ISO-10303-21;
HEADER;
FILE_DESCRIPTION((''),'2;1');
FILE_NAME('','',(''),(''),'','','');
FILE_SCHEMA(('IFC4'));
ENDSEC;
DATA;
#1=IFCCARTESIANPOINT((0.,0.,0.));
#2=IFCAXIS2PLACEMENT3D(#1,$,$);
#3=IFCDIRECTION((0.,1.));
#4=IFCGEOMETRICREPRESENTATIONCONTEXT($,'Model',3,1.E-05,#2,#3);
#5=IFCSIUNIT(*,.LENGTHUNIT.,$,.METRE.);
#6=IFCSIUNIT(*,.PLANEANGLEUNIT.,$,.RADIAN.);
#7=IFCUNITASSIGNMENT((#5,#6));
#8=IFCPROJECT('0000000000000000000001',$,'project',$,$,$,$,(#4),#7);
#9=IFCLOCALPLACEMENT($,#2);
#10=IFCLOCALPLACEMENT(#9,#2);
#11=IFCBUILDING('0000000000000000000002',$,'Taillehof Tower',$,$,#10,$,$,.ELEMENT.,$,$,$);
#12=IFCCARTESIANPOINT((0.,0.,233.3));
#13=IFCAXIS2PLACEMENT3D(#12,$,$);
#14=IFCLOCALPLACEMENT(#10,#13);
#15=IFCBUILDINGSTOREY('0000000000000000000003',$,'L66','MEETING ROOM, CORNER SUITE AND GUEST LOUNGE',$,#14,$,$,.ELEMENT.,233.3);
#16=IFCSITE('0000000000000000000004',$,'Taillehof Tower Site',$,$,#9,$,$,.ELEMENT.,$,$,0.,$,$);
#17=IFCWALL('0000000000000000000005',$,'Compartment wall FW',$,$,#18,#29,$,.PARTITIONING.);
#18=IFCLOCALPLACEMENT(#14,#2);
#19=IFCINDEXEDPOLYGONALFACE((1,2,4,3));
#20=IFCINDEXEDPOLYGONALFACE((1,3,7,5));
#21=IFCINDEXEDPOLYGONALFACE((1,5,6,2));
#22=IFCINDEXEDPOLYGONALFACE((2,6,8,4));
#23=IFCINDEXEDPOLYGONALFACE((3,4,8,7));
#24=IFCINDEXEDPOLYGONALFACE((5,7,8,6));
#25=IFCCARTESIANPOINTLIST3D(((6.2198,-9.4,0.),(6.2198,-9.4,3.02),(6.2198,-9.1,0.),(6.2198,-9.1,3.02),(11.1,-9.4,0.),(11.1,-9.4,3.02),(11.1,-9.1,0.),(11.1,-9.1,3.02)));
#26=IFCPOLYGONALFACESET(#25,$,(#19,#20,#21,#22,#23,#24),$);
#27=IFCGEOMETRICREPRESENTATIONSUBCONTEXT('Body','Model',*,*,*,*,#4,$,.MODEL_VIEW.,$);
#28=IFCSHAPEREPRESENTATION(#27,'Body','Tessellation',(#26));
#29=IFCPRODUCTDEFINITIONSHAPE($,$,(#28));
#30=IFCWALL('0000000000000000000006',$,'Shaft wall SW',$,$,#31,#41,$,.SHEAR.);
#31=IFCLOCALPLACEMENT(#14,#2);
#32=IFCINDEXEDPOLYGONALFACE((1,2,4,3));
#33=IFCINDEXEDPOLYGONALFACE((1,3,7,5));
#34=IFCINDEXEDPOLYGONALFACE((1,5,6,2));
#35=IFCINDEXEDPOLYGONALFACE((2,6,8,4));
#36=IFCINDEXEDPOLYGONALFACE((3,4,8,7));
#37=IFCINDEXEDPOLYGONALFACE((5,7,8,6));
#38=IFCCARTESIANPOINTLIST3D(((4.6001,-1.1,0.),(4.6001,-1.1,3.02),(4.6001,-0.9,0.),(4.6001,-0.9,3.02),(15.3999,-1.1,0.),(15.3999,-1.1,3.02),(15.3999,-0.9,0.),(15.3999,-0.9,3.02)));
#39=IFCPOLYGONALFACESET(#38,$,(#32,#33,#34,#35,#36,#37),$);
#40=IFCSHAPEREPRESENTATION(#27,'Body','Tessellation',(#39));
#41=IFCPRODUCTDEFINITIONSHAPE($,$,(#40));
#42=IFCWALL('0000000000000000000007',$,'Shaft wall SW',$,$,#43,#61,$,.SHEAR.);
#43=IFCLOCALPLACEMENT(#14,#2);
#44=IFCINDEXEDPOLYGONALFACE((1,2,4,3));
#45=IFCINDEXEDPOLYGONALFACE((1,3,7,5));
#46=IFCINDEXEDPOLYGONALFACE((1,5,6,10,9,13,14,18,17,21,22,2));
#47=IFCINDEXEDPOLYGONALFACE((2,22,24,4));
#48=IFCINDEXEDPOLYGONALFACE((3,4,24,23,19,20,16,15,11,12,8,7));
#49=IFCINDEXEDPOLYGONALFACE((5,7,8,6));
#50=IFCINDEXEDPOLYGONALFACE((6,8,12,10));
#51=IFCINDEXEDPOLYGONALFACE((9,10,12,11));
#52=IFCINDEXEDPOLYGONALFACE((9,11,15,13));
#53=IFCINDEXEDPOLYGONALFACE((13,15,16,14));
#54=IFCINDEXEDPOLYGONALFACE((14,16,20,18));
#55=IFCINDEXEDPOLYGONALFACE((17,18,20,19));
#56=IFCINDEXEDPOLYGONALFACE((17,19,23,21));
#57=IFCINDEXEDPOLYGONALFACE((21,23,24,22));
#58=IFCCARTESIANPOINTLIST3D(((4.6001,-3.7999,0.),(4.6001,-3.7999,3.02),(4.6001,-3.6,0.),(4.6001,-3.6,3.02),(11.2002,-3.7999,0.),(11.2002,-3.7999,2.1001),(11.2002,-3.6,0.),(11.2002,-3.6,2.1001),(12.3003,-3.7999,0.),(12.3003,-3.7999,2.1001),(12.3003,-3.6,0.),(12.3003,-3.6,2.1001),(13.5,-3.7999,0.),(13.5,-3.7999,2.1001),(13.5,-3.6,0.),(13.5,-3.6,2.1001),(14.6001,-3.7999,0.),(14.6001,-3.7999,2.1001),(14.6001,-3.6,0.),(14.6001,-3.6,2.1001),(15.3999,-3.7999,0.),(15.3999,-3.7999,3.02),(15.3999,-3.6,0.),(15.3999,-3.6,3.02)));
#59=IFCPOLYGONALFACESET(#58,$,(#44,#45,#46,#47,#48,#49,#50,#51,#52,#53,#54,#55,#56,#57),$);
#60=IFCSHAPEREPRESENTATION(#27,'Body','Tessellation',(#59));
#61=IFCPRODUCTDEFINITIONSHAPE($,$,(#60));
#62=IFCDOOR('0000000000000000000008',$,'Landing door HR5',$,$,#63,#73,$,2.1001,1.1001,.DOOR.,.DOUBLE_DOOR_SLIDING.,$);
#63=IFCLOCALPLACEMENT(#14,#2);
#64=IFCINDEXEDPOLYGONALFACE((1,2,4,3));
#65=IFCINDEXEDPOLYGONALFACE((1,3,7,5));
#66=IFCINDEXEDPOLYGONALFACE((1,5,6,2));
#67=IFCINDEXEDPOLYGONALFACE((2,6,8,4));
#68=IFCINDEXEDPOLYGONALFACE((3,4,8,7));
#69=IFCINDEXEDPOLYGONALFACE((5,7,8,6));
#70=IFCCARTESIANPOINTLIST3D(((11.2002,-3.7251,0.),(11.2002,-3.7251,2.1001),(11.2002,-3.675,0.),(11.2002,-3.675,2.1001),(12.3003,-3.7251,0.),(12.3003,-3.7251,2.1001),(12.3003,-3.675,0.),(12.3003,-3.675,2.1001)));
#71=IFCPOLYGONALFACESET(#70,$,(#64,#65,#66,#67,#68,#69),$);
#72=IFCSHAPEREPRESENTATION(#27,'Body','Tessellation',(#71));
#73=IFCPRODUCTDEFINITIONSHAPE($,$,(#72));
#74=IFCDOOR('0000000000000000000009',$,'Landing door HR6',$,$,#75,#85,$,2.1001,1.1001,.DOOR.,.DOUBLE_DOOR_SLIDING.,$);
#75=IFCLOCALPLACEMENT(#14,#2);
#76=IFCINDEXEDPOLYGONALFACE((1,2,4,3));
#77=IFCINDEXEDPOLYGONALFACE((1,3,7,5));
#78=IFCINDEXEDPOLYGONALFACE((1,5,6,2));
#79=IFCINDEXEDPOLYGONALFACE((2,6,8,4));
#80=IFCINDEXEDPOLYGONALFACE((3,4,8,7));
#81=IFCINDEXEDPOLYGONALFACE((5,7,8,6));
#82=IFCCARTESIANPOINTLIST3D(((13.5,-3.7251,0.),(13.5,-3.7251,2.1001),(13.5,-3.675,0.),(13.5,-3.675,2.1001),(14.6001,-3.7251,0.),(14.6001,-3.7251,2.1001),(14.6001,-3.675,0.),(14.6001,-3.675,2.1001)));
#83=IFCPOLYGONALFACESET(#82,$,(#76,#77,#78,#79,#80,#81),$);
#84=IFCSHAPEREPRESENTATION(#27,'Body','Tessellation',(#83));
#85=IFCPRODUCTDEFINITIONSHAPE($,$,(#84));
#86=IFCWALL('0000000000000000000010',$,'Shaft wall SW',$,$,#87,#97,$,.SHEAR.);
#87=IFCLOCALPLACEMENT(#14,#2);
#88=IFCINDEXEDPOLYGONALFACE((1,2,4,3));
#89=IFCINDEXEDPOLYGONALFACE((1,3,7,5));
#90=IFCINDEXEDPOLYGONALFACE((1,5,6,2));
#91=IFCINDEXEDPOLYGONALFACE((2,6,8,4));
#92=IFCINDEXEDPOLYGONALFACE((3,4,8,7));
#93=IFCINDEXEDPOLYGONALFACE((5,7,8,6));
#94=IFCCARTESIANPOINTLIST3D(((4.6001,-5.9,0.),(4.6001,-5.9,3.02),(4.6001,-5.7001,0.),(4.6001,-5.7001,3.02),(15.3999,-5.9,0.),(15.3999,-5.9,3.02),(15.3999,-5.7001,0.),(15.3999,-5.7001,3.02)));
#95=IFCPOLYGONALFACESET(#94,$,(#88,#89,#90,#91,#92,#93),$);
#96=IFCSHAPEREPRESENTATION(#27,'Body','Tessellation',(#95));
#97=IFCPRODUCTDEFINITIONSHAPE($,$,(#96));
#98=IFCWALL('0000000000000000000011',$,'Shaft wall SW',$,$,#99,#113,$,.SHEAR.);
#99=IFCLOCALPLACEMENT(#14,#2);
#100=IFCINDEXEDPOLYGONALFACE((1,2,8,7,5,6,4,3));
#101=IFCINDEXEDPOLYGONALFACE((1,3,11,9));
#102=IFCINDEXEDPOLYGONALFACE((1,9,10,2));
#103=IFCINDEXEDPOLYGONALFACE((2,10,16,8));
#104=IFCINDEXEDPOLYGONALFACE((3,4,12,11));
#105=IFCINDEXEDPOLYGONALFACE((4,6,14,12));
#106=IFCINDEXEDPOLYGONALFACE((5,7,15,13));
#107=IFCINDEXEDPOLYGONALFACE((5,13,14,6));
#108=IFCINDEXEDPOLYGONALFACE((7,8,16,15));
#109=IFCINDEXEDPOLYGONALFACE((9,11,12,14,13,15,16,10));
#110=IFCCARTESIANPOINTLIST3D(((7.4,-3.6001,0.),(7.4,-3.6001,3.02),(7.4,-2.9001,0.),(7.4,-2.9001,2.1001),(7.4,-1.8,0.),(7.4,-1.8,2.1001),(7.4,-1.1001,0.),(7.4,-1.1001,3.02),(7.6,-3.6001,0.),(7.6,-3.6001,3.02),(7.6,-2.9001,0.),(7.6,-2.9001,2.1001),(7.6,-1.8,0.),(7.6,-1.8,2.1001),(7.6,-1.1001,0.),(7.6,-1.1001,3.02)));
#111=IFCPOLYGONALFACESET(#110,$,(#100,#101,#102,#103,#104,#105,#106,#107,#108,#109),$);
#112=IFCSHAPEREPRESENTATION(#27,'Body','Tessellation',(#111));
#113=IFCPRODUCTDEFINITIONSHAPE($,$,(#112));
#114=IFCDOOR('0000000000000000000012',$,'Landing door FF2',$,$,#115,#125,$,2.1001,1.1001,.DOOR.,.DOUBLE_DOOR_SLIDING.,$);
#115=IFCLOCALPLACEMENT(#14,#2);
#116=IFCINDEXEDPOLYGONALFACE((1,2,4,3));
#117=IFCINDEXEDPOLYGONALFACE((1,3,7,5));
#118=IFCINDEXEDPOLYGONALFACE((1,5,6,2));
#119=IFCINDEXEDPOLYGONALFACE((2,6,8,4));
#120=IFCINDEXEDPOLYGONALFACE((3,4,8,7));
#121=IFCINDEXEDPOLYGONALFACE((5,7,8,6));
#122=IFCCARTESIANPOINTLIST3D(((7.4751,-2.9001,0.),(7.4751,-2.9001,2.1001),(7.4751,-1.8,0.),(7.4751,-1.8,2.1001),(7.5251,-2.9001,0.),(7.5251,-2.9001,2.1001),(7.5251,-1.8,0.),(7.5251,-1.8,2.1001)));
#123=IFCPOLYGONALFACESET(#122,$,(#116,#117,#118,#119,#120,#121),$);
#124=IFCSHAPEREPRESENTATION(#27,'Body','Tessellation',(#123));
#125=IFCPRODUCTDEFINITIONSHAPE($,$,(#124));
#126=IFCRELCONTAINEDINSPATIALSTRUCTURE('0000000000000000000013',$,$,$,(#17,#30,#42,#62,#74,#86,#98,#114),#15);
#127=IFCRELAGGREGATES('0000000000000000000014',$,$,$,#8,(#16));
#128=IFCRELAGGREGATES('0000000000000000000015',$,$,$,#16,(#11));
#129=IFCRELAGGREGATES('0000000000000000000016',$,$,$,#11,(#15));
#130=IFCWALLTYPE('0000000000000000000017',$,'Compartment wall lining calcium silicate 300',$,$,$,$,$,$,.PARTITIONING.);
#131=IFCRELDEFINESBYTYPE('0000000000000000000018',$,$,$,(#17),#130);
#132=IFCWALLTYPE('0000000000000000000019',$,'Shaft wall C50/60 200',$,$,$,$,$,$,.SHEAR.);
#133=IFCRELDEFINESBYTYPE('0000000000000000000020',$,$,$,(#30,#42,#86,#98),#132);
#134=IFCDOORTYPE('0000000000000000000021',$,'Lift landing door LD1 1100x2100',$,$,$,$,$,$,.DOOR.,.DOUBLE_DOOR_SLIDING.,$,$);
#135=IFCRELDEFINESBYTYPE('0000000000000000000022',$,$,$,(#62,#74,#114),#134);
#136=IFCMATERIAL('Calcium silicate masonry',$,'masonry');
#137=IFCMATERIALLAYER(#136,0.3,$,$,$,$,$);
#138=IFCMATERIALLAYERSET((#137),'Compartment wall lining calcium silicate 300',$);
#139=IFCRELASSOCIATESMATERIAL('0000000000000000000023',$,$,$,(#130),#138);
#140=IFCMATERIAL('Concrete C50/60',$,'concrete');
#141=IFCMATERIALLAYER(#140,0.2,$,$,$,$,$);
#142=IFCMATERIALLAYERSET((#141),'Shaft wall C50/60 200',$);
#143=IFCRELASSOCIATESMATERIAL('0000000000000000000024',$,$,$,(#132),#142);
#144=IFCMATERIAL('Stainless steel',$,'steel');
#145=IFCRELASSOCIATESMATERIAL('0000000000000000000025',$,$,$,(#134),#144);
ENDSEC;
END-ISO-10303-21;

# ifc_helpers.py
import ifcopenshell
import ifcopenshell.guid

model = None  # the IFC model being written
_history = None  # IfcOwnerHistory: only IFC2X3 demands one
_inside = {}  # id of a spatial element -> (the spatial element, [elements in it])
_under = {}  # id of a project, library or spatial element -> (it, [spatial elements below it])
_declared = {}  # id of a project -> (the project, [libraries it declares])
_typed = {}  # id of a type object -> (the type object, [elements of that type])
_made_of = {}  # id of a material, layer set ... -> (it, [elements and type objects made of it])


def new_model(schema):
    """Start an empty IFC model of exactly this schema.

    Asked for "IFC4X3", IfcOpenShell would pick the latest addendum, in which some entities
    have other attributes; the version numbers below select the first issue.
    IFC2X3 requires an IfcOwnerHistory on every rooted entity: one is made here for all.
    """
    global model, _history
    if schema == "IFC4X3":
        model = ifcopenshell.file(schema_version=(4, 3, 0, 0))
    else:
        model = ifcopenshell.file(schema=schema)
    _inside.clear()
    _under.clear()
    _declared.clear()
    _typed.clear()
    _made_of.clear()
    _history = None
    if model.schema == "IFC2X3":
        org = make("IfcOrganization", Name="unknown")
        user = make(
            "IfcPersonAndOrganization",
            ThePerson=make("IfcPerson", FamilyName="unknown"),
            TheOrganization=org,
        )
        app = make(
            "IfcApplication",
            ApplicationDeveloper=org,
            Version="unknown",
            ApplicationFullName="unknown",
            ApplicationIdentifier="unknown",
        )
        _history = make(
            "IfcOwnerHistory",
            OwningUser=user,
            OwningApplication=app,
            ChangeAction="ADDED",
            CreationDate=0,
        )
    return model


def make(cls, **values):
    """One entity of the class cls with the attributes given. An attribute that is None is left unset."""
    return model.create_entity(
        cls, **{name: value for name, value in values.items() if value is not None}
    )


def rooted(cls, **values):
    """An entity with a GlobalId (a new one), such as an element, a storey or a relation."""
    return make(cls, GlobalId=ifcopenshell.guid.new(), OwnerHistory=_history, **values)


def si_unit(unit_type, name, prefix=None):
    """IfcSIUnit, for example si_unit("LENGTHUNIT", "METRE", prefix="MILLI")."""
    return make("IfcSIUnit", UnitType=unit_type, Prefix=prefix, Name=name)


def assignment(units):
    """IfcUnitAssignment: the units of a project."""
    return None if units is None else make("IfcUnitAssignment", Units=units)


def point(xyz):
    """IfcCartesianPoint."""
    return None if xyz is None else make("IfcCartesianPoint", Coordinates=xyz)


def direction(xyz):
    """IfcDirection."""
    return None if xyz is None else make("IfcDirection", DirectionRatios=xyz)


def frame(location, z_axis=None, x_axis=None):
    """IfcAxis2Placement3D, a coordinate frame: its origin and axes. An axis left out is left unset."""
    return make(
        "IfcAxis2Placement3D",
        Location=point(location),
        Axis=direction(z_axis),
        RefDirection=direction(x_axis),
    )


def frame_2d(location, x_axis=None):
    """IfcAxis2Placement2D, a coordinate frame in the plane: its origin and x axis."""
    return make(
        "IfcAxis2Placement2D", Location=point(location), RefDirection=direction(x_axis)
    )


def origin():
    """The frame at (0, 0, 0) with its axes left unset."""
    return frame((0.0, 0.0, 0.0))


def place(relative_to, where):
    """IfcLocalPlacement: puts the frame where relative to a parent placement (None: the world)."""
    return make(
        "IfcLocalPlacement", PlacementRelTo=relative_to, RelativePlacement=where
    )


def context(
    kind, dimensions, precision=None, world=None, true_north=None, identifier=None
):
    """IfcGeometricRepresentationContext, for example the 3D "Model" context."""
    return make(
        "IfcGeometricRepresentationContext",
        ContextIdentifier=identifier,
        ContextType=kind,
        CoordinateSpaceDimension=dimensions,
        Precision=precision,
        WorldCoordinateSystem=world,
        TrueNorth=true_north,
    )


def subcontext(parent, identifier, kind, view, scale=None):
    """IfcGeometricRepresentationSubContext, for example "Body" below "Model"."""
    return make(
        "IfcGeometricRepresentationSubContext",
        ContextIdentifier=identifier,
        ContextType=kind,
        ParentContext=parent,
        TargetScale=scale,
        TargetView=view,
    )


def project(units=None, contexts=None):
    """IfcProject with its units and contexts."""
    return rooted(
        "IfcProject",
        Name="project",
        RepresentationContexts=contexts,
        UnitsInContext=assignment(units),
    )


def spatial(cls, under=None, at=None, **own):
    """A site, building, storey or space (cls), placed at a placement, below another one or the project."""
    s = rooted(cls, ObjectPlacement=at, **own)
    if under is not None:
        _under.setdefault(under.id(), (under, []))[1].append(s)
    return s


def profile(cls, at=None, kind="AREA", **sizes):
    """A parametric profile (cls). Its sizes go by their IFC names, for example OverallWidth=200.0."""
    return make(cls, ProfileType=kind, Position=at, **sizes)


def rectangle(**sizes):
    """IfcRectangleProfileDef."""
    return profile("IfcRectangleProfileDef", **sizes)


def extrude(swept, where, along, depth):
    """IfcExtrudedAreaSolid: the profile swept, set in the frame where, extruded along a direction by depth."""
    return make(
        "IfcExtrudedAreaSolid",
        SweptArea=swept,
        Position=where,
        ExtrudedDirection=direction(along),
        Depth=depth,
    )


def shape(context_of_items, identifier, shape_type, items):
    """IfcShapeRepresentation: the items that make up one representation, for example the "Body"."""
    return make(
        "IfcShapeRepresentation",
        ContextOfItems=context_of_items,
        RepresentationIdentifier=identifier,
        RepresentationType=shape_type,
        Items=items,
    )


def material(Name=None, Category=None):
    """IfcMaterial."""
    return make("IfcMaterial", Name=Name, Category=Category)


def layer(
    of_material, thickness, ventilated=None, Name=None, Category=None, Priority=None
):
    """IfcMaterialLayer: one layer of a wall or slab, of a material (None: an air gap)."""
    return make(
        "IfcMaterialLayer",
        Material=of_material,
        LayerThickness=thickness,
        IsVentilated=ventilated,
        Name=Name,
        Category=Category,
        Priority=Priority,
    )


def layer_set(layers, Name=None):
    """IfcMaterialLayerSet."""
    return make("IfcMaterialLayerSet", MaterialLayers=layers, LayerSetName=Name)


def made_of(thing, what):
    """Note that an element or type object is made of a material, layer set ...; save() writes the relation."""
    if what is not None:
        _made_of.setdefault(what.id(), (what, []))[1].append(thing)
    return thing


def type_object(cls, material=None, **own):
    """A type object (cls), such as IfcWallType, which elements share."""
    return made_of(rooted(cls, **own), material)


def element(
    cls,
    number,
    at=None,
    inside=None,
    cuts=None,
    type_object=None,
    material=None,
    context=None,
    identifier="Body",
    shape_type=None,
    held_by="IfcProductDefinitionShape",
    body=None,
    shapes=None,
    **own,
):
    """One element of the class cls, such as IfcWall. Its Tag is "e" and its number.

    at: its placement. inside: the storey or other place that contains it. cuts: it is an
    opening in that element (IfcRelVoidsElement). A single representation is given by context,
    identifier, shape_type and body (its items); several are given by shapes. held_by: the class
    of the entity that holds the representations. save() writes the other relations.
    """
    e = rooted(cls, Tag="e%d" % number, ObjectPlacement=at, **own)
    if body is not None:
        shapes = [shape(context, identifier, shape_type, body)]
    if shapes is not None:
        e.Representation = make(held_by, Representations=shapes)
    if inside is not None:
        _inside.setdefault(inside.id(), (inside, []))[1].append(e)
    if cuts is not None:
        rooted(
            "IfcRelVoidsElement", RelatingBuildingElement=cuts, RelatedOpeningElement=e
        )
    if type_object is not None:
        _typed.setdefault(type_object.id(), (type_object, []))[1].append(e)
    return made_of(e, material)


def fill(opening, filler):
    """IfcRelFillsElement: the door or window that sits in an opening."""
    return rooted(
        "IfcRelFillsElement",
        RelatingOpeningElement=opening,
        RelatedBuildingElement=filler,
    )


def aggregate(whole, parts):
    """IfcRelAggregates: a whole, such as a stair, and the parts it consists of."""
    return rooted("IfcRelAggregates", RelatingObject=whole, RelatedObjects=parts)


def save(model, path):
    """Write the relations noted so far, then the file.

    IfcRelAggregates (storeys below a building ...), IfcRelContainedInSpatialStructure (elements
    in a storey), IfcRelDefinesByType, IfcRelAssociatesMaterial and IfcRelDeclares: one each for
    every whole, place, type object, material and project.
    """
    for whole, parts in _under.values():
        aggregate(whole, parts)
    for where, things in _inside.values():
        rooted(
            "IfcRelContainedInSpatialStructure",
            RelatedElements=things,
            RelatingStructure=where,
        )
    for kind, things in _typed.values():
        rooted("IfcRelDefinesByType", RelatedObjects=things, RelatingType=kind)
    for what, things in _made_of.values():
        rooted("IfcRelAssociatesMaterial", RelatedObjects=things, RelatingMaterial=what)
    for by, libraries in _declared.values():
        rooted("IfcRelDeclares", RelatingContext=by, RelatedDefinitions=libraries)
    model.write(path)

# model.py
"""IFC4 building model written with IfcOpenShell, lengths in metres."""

from ifc_helpers import new_model, si_unit, direction, frame, frame_2d, origin, place, context, subcontext, project, spatial, rectangle, extrude, material, layer, layer_set, type_object, element, fill, save


model = new_model("IFC4")

# Units and contexts
model_context = context("Model", 3, precision=1e-05, world=origin(), true_north=direction((0.0, 1.0)))
body_context = subcontext(model_context, "Body", "Model", "MODEL_VIEW")
ifc_project = project(units=[si_unit("LENGTHUNIT", "METRE"), si_unit("PLANEANGLEUNIT", "RADIAN")], contexts=[model_context])

# Site, building, storey
site_placement = place(None, origin())
site = spatial("IfcSite", under=ifc_project, at=site_placement, Name="Taillehof Tower Site", CompositionType="ELEMENT", RefElevation=0.0)
building_placement = place(site_placement, origin())
building = spatial("IfcBuilding", under=site, at=building_placement, Name="Taillehof Tower", CompositionType="ELEMENT")
storey_placement = place(building_placement, frame((0.0, 0.0, 233.3)))
storey = spatial("IfcBuildingStorey", under=building, at=storey_placement, Name="L66", Description="MEETING ROOM, CORNER SUITE AND GUEST LOUNGE", CompositionType="ELEMENT", Elevation=233.3)

# Walls
ifc_material_1 = material(Name="Calcium silicate masonry", Category="masonry")
ifc_layer_1 = layer(ifc_material_1, 0.3)
ifc_layer_set_1 = layer_set([ifc_layer_1], Name="Compartment wall lining calcium silicate 300")
wall_type_1 = type_object("IfcWallType", Name="Compartment wall lining calcium silicate 300", PredefinedType="PARTITIONING", material=ifc_layer_set_1)
wall_1_placement = place(storey_placement, frame((6.22, -9.25, 0.0), z_axis=(0.0, 0.0, 1.0), x_axis=(1.0, 0.0, 0.0)))
element("IfcWall", 1, at=wall_1_placement, inside=storey, type_object=wall_type_1, Name="Compartment wall FW", PredefinedType="PARTITIONING", context=body_context, shape_type="SweptSolid", body=[
    extrude(rectangle(XDim=4.8801, YDim=0.3, at=frame_2d((2.4399, 0.0))), origin(), (0.0, 0.0, 1.0), 3.02),
])
ifc_material_2 = material(Name="Concrete C50/60", Category="concrete")
ifc_layer_2 = layer(ifc_material_2, 0.2)
ifc_layer_set_2 = layer_set([ifc_layer_2], Name="Shaft wall C50/60 200")
wall_type_2 = type_object("IfcWallType", Name="Shaft wall C50/60 200", PredefinedType="SHEAR", material=ifc_layer_set_2)
wall_2_placement = place(storey_placement, frame((4.6001, -1.0, 0.0), z_axis=(0.0, 0.0, 1.0), x_axis=(1.0, 0.0, 0.0)))
element("IfcWall", 2, at=wall_2_placement, inside=storey, type_object=wall_type_2, Name="Shaft wall SW", PredefinedType="SHEAR", context=body_context, shape_type="SweptSolid", body=[
    extrude(rectangle(XDim=10.7998, YDim=0.2, at=frame_2d((5.3999, 0.0))), origin(), (0.0, 0.0, 1.0), 3.02),
])

# Wall, openings, doors
wall_3_placement = place(storey_placement, frame((4.6001, -3.7, 0.0), z_axis=(0.0, 0.0, 1.0), x_axis=(1.0, 0.0, 0.0)))
wall_3 = element("IfcWall", 3, at=wall_3_placement, inside=storey, type_object=wall_type_2, Name="Shaft wall SW", PredefinedType="SHEAR", context=body_context, shape_type="SweptSolid", body=[
    extrude(rectangle(XDim=10.7998, YDim=0.2, at=frame_2d((5.3999, 0.0))), origin(), (0.0, 0.0, 1.0), 3.02),
])
opening_1_placement = place(wall_3_placement, frame((6.6001, 0.0, 0.0)))
opening_1 = element("IfcOpeningElement", 4, at=opening_1_placement, cuts=wall_3, PredefinedType="OPENING", context=body_context, shape_type="SweptSolid", body=[
    extrude(rectangle(XDim=1.1001, YDim=2.1001, at=frame_2d((0.55, 1.05))), frame((0.0, 0.1099, 0.0), z_axis=(0.0, -1.0, 0.0), x_axis=(1.0, 0.0, 0.0)), (0.0, 0.0, 1.0), 0.22),
])
opening_2_placement = place(wall_3_placement, frame((8.8999, 0.0, 0.0)))
opening_2 = element("IfcOpeningElement", 5, at=opening_2_placement, cuts=wall_3, PredefinedType="OPENING", context=body_context, shape_type="SweptSolid", body=[
    extrude(rectangle(XDim=1.1001, YDim=2.1001, at=frame_2d((0.55, 1.05))), frame((0.0, 0.1099, 0.0), z_axis=(0.0, -1.0, 0.0), x_axis=(1.0, 0.0, 0.0)), (0.0, 0.0, 1.0), 0.22),
])
ifc_material_3 = material(Name="Stainless steel", Category="steel")
door_type_1 = type_object("IfcDoorType", Name="Lift landing door LD1 1100x2100", OperationType="DOUBLE_DOOR_SLIDING", PredefinedType="DOOR", material=ifc_material_3)
door_1_placement = place(opening_1_placement, origin())
door_1 = element("IfcDoor", 6, at=door_1_placement, inside=storey, type_object=door_type_1, Name="Landing door HR5", OperationType="DOUBLE_DOOR_SLIDING", OverallHeight=2.1001, OverallWidth=1.1001, PredefinedType="DOOR", context=body_context, shape_type="SweptSolid", body=[
    extrude(rectangle(XDim=1.1001, YDim=2.1001, at=frame_2d((0.55, 1.05))), frame((0.0, 0.0249, 0.0), z_axis=(0.0, -1.0, 0.0), x_axis=(1.0, 0.0, 0.0)), (0.0, 0.0, 1.0), 0.05),
])
fill(opening_1, door_1)
door_2_placement = place(opening_2_placement, origin())
door_2 = element("IfcDoor", 7, at=door_2_placement, inside=storey, type_object=door_type_1, Name="Landing door HR6", OperationType="DOUBLE_DOOR_SLIDING", OverallHeight=2.1001, OverallWidth=1.1001, PredefinedType="DOOR", context=body_context, shape_type="SweptSolid", body=[
    extrude(rectangle(XDim=1.1001, YDim=2.1001, at=frame_2d((0.55, 1.05))), frame((0.0, 0.0249, 0.0), z_axis=(0.0, -1.0, 0.0), x_axis=(1.0, 0.0, 0.0)), (0.0, 0.0, 1.0), 0.05),
])
fill(opening_2, door_2)

# Wall
wall_4_placement = place(storey_placement, frame((4.6001, -5.8, 0.0), z_axis=(0.0, 0.0, 1.0), x_axis=(1.0, 0.0, 0.0)))
element("IfcWall", 8, at=wall_4_placement, inside=storey, type_object=wall_type_2, Name="Shaft wall SW", PredefinedType="SHEAR", context=body_context, shape_type="SweptSolid", body=[
    extrude(rectangle(XDim=10.7998, YDim=0.2, at=frame_2d((5.3999, 0.0))), origin(), (0.0, 0.0, 1.0), 3.02),
])

# Wall, opening, door
wall_5_placement = place(storey_placement, frame((7.5, -3.6001, 0.0), z_axis=(0.0, 0.0, 1.0), x_axis=(0.0, 1.0, 0.0)))
wall_5 = element("IfcWall", 9, at=wall_5_placement, inside=storey, type_object=wall_type_2, Name="Shaft wall SW", PredefinedType="SHEAR", context=body_context, shape_type="SweptSolid", body=[
    extrude(rectangle(XDim=2.5, YDim=0.2, at=frame_2d((1.25, 0.0))), origin(), (0.0, 0.0, 1.0), 3.02),
])
opening_3_placement = place(wall_5_placement, frame((0.7, 0.0, 0.0)))
opening_3 = element("IfcOpeningElement", 10, at=opening_3_placement, cuts=wall_5, PredefinedType="OPENING", context=body_context, shape_type="SweptSolid", body=[
    extrude(rectangle(XDim=1.1001, YDim=2.1001, at=frame_2d((0.55, 1.05))), frame((0.0, 0.1099, 0.0), z_axis=(0.0, -1.0, 0.0), x_axis=(1.0, 0.0, 0.0)), (0.0, 0.0, 1.0), 0.22),
])
door_3_placement = place(opening_3_placement, origin())
door_3 = element("IfcDoor", 11, at=door_3_placement, inside=storey, type_object=door_type_1, Name="Landing door FF2", OperationType="DOUBLE_DOOR_SLIDING", OverallHeight=2.1001, OverallWidth=1.1001, PredefinedType="DOOR", context=body_context, shape_type="SweptSolid", body=[
    extrude(rectangle(XDim=1.1001, YDim=2.1001, at=frame_2d((0.55, 1.05))), frame((0.0, 0.0249, 0.0), z_axis=(0.0, -1.0, 0.0), x_axis=(1.0, 0.0, 0.0)), (0.0, 0.0, 1.0), 0.05),
])
fill(opening_3, door_3)

save(model, "model.ifc")
